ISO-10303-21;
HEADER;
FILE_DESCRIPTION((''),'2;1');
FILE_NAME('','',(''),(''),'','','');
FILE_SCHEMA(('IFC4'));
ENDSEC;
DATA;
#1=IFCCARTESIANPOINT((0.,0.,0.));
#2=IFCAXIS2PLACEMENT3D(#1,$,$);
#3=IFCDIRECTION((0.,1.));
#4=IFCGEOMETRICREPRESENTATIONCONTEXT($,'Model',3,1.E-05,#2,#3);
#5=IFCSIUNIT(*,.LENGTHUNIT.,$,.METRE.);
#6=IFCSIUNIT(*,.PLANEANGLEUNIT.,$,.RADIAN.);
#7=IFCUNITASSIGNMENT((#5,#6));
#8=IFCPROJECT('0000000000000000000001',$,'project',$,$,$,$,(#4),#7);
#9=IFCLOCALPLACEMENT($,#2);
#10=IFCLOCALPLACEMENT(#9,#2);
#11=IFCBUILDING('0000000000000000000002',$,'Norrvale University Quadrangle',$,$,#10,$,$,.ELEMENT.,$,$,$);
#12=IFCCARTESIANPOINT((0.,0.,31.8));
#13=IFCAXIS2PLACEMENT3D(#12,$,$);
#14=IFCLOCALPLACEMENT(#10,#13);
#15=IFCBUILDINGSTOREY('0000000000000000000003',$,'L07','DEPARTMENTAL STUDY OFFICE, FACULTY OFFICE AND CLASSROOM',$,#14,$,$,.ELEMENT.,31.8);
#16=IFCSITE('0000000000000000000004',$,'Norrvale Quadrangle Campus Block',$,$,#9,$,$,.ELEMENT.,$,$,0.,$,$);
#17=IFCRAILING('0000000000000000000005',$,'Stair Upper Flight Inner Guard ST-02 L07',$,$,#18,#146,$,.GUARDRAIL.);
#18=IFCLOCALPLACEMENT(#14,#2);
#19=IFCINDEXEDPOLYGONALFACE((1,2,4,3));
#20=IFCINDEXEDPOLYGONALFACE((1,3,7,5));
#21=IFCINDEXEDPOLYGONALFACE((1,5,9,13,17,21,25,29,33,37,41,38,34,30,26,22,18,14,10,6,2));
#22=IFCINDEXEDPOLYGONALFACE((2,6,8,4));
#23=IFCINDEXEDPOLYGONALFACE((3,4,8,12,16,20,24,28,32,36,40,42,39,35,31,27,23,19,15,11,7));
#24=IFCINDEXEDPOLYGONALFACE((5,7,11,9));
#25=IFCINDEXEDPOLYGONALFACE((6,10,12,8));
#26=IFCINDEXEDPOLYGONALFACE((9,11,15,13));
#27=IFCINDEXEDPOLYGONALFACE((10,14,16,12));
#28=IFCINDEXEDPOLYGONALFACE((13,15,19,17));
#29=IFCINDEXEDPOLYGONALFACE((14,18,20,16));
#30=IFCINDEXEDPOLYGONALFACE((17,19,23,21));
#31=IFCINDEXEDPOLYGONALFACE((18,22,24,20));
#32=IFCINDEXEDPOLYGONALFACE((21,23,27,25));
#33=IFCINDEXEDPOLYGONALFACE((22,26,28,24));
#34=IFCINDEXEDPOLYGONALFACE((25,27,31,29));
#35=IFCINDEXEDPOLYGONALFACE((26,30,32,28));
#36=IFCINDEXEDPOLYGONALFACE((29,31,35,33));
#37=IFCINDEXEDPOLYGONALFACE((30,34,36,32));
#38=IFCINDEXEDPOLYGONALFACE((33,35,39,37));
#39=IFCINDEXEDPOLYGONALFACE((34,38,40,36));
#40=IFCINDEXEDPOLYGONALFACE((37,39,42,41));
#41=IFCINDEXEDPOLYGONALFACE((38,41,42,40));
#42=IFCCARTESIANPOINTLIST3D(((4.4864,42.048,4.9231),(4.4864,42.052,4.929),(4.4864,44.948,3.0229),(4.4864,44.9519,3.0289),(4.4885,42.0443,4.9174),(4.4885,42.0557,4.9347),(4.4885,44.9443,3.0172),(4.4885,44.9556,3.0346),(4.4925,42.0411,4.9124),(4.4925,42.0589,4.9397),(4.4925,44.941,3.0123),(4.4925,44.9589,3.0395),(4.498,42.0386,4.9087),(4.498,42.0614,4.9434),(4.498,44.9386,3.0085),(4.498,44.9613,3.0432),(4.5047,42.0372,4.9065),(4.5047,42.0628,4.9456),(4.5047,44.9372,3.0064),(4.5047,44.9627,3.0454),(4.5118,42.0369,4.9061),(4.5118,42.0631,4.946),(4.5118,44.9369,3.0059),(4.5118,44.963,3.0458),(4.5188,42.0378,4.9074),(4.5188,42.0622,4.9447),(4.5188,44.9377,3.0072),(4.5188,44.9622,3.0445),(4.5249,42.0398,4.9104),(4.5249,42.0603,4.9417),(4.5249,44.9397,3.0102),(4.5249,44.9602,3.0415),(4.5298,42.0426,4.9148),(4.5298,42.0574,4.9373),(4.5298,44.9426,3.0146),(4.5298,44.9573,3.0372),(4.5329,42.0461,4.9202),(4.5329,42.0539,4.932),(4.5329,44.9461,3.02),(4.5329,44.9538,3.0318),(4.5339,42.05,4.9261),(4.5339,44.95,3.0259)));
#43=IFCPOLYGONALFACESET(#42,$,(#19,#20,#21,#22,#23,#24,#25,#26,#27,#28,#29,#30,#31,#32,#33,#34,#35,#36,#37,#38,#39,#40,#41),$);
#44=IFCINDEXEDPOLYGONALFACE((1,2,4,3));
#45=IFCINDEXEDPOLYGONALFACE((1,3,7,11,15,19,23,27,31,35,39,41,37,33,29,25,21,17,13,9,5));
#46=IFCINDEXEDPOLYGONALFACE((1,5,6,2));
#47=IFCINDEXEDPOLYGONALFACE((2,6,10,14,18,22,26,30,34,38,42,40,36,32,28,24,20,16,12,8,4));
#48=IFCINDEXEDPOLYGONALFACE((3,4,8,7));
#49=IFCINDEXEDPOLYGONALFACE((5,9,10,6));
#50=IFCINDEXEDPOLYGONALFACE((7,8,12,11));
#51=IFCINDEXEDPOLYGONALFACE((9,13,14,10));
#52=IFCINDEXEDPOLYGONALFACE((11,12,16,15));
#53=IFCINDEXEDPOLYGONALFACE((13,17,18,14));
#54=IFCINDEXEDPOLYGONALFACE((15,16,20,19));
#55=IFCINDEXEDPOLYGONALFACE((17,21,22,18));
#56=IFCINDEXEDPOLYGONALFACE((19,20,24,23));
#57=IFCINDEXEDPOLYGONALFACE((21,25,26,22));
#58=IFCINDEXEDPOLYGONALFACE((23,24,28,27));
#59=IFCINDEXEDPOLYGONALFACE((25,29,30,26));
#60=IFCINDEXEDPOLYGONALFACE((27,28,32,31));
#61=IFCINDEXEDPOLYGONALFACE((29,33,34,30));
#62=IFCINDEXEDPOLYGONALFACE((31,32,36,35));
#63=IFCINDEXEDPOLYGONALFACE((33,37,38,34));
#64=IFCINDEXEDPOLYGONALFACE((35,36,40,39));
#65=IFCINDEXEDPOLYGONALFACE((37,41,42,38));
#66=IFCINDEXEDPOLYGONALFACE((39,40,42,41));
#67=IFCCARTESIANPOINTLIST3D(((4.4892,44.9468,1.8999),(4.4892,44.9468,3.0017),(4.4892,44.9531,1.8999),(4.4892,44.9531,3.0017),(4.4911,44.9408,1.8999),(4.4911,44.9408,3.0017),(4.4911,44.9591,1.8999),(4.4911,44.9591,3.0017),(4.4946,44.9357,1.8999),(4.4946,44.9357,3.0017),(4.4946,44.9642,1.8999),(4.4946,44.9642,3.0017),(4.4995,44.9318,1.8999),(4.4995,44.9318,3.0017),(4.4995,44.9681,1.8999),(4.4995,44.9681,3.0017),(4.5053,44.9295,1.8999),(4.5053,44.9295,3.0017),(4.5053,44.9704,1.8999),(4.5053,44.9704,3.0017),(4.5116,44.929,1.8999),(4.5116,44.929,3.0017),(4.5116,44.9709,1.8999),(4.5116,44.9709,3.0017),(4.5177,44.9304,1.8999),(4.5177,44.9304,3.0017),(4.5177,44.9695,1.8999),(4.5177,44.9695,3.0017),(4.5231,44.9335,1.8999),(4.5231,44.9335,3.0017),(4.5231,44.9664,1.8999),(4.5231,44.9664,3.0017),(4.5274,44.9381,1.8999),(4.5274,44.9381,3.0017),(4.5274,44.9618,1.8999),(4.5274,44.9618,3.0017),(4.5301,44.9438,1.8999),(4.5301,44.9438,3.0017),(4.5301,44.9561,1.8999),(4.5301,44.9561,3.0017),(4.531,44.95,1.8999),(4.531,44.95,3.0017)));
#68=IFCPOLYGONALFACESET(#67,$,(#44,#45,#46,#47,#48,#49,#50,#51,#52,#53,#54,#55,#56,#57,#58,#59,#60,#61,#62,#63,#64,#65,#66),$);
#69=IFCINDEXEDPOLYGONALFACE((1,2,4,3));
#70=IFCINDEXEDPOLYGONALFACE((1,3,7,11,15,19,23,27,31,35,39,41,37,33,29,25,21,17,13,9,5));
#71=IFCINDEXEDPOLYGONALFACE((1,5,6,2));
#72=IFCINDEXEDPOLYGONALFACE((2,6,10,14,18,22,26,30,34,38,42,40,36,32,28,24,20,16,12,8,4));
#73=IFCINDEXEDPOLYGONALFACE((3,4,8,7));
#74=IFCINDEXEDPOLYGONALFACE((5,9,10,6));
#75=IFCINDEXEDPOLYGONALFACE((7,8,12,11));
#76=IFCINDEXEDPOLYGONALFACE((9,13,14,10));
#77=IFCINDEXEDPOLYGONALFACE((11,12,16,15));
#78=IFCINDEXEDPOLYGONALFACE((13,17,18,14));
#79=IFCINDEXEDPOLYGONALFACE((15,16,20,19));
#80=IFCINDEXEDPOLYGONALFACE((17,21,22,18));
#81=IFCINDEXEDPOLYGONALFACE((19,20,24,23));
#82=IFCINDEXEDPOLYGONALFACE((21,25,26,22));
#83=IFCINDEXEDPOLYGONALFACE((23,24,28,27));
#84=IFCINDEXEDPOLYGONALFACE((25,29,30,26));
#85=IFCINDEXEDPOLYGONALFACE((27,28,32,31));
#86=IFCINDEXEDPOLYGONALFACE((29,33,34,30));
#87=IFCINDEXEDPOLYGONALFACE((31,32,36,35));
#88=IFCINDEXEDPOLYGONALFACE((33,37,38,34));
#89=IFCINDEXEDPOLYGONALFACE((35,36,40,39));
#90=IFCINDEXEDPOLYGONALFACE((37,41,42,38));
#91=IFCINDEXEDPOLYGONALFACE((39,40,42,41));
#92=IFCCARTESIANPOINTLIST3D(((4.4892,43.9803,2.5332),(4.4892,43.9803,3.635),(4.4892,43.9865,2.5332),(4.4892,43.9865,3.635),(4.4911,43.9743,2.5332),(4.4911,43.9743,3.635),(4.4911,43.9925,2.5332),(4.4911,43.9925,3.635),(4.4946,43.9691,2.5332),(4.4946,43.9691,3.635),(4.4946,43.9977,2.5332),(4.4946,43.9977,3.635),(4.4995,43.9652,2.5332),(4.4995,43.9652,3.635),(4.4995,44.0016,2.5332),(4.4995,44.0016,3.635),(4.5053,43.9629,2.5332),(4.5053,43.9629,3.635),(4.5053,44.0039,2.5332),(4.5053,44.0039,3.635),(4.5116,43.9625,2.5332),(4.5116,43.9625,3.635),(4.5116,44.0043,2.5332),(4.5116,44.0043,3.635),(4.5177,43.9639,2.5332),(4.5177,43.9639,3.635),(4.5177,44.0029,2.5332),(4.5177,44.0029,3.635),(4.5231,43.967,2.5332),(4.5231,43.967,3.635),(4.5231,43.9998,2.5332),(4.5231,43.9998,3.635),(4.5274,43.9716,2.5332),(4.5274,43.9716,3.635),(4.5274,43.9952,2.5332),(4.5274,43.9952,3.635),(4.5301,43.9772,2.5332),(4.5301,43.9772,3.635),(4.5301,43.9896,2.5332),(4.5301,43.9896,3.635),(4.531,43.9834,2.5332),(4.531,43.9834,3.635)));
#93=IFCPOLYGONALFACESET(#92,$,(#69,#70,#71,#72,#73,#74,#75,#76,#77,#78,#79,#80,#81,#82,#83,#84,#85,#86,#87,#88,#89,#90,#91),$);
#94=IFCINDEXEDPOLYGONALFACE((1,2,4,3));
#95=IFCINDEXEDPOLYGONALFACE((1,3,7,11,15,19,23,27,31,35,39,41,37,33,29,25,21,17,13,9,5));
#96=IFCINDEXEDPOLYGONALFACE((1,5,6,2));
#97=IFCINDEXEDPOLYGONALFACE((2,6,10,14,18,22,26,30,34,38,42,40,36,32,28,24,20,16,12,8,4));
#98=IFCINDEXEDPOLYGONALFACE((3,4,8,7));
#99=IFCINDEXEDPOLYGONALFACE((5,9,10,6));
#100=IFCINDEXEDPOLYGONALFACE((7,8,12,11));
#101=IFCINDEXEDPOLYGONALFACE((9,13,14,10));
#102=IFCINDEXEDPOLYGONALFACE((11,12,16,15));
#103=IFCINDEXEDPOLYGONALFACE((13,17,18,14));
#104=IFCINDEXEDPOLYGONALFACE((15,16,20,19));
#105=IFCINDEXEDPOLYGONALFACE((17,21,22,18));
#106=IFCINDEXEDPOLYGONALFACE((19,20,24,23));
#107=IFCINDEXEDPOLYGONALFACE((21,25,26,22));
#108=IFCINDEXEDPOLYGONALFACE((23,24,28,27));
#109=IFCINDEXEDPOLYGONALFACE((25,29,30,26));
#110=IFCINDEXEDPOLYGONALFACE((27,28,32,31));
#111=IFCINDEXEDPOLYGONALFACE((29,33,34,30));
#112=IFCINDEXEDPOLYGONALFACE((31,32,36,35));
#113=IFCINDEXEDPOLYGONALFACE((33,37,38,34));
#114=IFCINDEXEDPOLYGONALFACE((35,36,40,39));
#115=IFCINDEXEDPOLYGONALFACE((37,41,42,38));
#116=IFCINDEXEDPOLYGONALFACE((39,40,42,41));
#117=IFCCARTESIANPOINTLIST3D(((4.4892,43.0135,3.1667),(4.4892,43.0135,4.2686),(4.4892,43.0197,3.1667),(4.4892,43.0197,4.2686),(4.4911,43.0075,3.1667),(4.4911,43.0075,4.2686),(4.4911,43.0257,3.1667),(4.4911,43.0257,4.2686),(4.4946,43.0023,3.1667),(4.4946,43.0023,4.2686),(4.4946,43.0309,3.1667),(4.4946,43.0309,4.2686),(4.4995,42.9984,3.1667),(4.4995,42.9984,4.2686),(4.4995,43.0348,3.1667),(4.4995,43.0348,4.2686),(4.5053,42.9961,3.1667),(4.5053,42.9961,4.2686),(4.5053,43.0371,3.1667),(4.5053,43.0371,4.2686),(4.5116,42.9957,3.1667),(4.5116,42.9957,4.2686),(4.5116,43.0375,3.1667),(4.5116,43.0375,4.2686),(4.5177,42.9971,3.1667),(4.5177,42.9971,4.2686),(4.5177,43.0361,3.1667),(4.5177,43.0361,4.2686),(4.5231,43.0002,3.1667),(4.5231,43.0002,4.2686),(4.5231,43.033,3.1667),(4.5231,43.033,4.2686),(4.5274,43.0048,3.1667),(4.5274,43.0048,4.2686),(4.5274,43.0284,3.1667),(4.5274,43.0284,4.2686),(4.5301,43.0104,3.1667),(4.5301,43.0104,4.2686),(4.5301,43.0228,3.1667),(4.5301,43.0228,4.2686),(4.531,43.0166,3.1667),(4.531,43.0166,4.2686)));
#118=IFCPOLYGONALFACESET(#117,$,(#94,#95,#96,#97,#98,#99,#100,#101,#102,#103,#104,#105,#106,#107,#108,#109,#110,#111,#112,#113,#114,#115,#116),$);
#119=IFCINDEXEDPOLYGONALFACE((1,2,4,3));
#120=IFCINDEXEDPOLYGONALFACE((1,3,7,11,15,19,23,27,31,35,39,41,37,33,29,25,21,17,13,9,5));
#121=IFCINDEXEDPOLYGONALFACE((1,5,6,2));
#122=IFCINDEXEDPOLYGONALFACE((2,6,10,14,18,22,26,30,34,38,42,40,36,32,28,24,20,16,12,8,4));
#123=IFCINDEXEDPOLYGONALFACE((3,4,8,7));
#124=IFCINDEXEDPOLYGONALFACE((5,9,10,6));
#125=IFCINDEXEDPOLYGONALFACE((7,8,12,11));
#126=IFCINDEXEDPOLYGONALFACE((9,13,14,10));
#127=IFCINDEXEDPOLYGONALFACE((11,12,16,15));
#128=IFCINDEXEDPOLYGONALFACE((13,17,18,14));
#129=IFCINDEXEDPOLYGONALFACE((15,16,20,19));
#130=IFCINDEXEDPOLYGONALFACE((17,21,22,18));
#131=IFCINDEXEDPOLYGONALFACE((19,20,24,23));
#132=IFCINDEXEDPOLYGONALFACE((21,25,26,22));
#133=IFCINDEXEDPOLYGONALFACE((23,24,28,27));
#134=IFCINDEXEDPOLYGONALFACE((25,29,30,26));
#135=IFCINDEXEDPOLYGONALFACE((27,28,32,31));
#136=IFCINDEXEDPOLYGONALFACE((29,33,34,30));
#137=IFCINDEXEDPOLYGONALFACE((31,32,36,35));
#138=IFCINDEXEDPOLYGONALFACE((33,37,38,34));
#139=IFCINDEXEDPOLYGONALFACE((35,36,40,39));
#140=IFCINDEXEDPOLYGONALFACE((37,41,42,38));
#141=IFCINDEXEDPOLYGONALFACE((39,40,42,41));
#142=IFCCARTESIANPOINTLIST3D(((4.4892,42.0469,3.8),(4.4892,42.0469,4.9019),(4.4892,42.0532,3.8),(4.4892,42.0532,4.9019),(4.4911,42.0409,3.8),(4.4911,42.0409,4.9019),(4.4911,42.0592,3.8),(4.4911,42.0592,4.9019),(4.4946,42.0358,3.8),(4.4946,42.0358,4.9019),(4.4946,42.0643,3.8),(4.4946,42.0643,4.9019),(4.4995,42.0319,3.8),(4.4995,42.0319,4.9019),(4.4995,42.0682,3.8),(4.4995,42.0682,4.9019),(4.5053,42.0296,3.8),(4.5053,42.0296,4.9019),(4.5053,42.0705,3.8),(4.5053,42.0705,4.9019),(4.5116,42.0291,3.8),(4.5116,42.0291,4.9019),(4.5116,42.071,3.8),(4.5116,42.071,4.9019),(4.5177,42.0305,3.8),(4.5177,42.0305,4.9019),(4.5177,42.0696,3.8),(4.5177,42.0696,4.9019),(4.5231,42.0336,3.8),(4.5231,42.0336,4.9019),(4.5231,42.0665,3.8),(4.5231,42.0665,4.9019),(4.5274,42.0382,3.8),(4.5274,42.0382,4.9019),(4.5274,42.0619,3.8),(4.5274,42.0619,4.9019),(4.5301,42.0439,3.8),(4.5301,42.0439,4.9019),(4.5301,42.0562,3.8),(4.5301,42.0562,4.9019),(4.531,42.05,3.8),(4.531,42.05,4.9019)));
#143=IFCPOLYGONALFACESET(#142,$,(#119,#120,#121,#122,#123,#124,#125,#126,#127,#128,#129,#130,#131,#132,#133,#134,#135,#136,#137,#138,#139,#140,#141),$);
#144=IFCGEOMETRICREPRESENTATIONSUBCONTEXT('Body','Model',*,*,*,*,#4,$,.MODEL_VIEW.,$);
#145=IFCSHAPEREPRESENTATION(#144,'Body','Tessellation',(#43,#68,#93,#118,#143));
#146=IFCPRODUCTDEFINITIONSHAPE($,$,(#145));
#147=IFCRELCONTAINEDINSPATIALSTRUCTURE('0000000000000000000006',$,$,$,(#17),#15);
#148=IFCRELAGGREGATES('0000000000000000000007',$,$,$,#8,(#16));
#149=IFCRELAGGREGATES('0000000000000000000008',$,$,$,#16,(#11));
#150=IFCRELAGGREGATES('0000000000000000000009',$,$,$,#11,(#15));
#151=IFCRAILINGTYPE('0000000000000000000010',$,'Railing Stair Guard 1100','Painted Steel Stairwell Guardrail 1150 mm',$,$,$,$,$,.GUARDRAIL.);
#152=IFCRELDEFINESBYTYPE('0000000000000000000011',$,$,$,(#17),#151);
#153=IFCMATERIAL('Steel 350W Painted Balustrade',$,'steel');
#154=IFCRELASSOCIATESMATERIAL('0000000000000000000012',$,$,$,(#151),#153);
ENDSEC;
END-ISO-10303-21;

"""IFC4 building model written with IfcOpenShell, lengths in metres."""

from ifc_helpers import new_model, si_unit, direction, frame, origin, origin_2d, place, context, subcontext, project, spatial, circle, extrude, material, type_object, element, save


model = new_model("IFC4")

# Units and contexts
model_context = context("Model", 3, precision=1e-05, world=origin(), true_north=direction((0.0, 1.0)))
body_context = subcontext(model_context, "Body", "Model", "MODEL_VIEW")
ifc_project = project(units=[si_unit("LENGTHUNIT", "METRE"), si_unit("PLANEANGLEUNIT", "RADIAN")], contexts=[model_context])

# Site, building, storey
site_placement = place(None, origin())
site = spatial("IfcSite", under=ifc_project, at=site_placement, Name="Norrvale Quadrangle Campus Block", CompositionType="ELEMENT", RefElevation=0.0)
building_placement = place(site_placement, origin())
building = spatial("IfcBuilding", under=site, at=building_placement, Name="Norrvale University Quadrangle", CompositionType="ELEMENT")
storey_placement = place(building_placement, frame((0.0, 0.0, 31.8)))
storey = spatial("IfcBuildingStorey", under=building, at=storey_placement, Name="L07", Description="DEPARTMENTAL STUDY OFFICE, FACULTY OFFICE AND CLASSROOM", CompositionType="ELEMENT", Elevation=31.8)

# Railing
ifc_material_1 = material(Name="Steel 350W Painted Balustrade", Category="steel")
railing_type_1 = type_object("IfcRailingType", Name="Railing Stair Guard 1100", Description="Painted Steel Stairwell Guardrail 1150 mm", PredefinedType="GUARDRAIL", material=ifc_material_1)
railing_1_placement = place(storey_placement, frame((4.51, 44.95, 1.8999)))
element("IfcRailing", 1, at=railing_1_placement, inside=storey, type_object=railing_type_1, Name="Stair Upper Flight Inner Guard ST-02 L07", PredefinedType="GUARDRAIL", context=body_context, shape_type="SweptSolid", body=[
    extrude(circle(Radius=0.0239, at=origin_2d()), frame((0.0, 0.0, 1.126), z_axis=(0.0, -0.836433, 0.548069), x_axis=(1.0, 0.0, 0.0)), (0.0, 0.0, 1.0), 3.467),
    extrude(circle(Radius=0.021, at=origin_2d()), origin(), (0.0, 0.0, 1.0), 1.1018),
    extrude(circle(Radius=0.021, at=origin_2d()), frame((0.0, -0.9666, 0.6333)), (0.0, 0.0, 1.0), 1.1018),
    extrude(circle(Radius=0.021, at=origin_2d()), frame((0.0, -1.9333, 1.2668)), (0.0, 0.0, 1.0), 1.1018),
    extrude(circle(Radius=0.021, at=origin_2d()), frame((0.0, -2.8999, 1.9001)), (0.0, 0.0, 1.0), 1.1018),
])

save(model, "model.ifc")
